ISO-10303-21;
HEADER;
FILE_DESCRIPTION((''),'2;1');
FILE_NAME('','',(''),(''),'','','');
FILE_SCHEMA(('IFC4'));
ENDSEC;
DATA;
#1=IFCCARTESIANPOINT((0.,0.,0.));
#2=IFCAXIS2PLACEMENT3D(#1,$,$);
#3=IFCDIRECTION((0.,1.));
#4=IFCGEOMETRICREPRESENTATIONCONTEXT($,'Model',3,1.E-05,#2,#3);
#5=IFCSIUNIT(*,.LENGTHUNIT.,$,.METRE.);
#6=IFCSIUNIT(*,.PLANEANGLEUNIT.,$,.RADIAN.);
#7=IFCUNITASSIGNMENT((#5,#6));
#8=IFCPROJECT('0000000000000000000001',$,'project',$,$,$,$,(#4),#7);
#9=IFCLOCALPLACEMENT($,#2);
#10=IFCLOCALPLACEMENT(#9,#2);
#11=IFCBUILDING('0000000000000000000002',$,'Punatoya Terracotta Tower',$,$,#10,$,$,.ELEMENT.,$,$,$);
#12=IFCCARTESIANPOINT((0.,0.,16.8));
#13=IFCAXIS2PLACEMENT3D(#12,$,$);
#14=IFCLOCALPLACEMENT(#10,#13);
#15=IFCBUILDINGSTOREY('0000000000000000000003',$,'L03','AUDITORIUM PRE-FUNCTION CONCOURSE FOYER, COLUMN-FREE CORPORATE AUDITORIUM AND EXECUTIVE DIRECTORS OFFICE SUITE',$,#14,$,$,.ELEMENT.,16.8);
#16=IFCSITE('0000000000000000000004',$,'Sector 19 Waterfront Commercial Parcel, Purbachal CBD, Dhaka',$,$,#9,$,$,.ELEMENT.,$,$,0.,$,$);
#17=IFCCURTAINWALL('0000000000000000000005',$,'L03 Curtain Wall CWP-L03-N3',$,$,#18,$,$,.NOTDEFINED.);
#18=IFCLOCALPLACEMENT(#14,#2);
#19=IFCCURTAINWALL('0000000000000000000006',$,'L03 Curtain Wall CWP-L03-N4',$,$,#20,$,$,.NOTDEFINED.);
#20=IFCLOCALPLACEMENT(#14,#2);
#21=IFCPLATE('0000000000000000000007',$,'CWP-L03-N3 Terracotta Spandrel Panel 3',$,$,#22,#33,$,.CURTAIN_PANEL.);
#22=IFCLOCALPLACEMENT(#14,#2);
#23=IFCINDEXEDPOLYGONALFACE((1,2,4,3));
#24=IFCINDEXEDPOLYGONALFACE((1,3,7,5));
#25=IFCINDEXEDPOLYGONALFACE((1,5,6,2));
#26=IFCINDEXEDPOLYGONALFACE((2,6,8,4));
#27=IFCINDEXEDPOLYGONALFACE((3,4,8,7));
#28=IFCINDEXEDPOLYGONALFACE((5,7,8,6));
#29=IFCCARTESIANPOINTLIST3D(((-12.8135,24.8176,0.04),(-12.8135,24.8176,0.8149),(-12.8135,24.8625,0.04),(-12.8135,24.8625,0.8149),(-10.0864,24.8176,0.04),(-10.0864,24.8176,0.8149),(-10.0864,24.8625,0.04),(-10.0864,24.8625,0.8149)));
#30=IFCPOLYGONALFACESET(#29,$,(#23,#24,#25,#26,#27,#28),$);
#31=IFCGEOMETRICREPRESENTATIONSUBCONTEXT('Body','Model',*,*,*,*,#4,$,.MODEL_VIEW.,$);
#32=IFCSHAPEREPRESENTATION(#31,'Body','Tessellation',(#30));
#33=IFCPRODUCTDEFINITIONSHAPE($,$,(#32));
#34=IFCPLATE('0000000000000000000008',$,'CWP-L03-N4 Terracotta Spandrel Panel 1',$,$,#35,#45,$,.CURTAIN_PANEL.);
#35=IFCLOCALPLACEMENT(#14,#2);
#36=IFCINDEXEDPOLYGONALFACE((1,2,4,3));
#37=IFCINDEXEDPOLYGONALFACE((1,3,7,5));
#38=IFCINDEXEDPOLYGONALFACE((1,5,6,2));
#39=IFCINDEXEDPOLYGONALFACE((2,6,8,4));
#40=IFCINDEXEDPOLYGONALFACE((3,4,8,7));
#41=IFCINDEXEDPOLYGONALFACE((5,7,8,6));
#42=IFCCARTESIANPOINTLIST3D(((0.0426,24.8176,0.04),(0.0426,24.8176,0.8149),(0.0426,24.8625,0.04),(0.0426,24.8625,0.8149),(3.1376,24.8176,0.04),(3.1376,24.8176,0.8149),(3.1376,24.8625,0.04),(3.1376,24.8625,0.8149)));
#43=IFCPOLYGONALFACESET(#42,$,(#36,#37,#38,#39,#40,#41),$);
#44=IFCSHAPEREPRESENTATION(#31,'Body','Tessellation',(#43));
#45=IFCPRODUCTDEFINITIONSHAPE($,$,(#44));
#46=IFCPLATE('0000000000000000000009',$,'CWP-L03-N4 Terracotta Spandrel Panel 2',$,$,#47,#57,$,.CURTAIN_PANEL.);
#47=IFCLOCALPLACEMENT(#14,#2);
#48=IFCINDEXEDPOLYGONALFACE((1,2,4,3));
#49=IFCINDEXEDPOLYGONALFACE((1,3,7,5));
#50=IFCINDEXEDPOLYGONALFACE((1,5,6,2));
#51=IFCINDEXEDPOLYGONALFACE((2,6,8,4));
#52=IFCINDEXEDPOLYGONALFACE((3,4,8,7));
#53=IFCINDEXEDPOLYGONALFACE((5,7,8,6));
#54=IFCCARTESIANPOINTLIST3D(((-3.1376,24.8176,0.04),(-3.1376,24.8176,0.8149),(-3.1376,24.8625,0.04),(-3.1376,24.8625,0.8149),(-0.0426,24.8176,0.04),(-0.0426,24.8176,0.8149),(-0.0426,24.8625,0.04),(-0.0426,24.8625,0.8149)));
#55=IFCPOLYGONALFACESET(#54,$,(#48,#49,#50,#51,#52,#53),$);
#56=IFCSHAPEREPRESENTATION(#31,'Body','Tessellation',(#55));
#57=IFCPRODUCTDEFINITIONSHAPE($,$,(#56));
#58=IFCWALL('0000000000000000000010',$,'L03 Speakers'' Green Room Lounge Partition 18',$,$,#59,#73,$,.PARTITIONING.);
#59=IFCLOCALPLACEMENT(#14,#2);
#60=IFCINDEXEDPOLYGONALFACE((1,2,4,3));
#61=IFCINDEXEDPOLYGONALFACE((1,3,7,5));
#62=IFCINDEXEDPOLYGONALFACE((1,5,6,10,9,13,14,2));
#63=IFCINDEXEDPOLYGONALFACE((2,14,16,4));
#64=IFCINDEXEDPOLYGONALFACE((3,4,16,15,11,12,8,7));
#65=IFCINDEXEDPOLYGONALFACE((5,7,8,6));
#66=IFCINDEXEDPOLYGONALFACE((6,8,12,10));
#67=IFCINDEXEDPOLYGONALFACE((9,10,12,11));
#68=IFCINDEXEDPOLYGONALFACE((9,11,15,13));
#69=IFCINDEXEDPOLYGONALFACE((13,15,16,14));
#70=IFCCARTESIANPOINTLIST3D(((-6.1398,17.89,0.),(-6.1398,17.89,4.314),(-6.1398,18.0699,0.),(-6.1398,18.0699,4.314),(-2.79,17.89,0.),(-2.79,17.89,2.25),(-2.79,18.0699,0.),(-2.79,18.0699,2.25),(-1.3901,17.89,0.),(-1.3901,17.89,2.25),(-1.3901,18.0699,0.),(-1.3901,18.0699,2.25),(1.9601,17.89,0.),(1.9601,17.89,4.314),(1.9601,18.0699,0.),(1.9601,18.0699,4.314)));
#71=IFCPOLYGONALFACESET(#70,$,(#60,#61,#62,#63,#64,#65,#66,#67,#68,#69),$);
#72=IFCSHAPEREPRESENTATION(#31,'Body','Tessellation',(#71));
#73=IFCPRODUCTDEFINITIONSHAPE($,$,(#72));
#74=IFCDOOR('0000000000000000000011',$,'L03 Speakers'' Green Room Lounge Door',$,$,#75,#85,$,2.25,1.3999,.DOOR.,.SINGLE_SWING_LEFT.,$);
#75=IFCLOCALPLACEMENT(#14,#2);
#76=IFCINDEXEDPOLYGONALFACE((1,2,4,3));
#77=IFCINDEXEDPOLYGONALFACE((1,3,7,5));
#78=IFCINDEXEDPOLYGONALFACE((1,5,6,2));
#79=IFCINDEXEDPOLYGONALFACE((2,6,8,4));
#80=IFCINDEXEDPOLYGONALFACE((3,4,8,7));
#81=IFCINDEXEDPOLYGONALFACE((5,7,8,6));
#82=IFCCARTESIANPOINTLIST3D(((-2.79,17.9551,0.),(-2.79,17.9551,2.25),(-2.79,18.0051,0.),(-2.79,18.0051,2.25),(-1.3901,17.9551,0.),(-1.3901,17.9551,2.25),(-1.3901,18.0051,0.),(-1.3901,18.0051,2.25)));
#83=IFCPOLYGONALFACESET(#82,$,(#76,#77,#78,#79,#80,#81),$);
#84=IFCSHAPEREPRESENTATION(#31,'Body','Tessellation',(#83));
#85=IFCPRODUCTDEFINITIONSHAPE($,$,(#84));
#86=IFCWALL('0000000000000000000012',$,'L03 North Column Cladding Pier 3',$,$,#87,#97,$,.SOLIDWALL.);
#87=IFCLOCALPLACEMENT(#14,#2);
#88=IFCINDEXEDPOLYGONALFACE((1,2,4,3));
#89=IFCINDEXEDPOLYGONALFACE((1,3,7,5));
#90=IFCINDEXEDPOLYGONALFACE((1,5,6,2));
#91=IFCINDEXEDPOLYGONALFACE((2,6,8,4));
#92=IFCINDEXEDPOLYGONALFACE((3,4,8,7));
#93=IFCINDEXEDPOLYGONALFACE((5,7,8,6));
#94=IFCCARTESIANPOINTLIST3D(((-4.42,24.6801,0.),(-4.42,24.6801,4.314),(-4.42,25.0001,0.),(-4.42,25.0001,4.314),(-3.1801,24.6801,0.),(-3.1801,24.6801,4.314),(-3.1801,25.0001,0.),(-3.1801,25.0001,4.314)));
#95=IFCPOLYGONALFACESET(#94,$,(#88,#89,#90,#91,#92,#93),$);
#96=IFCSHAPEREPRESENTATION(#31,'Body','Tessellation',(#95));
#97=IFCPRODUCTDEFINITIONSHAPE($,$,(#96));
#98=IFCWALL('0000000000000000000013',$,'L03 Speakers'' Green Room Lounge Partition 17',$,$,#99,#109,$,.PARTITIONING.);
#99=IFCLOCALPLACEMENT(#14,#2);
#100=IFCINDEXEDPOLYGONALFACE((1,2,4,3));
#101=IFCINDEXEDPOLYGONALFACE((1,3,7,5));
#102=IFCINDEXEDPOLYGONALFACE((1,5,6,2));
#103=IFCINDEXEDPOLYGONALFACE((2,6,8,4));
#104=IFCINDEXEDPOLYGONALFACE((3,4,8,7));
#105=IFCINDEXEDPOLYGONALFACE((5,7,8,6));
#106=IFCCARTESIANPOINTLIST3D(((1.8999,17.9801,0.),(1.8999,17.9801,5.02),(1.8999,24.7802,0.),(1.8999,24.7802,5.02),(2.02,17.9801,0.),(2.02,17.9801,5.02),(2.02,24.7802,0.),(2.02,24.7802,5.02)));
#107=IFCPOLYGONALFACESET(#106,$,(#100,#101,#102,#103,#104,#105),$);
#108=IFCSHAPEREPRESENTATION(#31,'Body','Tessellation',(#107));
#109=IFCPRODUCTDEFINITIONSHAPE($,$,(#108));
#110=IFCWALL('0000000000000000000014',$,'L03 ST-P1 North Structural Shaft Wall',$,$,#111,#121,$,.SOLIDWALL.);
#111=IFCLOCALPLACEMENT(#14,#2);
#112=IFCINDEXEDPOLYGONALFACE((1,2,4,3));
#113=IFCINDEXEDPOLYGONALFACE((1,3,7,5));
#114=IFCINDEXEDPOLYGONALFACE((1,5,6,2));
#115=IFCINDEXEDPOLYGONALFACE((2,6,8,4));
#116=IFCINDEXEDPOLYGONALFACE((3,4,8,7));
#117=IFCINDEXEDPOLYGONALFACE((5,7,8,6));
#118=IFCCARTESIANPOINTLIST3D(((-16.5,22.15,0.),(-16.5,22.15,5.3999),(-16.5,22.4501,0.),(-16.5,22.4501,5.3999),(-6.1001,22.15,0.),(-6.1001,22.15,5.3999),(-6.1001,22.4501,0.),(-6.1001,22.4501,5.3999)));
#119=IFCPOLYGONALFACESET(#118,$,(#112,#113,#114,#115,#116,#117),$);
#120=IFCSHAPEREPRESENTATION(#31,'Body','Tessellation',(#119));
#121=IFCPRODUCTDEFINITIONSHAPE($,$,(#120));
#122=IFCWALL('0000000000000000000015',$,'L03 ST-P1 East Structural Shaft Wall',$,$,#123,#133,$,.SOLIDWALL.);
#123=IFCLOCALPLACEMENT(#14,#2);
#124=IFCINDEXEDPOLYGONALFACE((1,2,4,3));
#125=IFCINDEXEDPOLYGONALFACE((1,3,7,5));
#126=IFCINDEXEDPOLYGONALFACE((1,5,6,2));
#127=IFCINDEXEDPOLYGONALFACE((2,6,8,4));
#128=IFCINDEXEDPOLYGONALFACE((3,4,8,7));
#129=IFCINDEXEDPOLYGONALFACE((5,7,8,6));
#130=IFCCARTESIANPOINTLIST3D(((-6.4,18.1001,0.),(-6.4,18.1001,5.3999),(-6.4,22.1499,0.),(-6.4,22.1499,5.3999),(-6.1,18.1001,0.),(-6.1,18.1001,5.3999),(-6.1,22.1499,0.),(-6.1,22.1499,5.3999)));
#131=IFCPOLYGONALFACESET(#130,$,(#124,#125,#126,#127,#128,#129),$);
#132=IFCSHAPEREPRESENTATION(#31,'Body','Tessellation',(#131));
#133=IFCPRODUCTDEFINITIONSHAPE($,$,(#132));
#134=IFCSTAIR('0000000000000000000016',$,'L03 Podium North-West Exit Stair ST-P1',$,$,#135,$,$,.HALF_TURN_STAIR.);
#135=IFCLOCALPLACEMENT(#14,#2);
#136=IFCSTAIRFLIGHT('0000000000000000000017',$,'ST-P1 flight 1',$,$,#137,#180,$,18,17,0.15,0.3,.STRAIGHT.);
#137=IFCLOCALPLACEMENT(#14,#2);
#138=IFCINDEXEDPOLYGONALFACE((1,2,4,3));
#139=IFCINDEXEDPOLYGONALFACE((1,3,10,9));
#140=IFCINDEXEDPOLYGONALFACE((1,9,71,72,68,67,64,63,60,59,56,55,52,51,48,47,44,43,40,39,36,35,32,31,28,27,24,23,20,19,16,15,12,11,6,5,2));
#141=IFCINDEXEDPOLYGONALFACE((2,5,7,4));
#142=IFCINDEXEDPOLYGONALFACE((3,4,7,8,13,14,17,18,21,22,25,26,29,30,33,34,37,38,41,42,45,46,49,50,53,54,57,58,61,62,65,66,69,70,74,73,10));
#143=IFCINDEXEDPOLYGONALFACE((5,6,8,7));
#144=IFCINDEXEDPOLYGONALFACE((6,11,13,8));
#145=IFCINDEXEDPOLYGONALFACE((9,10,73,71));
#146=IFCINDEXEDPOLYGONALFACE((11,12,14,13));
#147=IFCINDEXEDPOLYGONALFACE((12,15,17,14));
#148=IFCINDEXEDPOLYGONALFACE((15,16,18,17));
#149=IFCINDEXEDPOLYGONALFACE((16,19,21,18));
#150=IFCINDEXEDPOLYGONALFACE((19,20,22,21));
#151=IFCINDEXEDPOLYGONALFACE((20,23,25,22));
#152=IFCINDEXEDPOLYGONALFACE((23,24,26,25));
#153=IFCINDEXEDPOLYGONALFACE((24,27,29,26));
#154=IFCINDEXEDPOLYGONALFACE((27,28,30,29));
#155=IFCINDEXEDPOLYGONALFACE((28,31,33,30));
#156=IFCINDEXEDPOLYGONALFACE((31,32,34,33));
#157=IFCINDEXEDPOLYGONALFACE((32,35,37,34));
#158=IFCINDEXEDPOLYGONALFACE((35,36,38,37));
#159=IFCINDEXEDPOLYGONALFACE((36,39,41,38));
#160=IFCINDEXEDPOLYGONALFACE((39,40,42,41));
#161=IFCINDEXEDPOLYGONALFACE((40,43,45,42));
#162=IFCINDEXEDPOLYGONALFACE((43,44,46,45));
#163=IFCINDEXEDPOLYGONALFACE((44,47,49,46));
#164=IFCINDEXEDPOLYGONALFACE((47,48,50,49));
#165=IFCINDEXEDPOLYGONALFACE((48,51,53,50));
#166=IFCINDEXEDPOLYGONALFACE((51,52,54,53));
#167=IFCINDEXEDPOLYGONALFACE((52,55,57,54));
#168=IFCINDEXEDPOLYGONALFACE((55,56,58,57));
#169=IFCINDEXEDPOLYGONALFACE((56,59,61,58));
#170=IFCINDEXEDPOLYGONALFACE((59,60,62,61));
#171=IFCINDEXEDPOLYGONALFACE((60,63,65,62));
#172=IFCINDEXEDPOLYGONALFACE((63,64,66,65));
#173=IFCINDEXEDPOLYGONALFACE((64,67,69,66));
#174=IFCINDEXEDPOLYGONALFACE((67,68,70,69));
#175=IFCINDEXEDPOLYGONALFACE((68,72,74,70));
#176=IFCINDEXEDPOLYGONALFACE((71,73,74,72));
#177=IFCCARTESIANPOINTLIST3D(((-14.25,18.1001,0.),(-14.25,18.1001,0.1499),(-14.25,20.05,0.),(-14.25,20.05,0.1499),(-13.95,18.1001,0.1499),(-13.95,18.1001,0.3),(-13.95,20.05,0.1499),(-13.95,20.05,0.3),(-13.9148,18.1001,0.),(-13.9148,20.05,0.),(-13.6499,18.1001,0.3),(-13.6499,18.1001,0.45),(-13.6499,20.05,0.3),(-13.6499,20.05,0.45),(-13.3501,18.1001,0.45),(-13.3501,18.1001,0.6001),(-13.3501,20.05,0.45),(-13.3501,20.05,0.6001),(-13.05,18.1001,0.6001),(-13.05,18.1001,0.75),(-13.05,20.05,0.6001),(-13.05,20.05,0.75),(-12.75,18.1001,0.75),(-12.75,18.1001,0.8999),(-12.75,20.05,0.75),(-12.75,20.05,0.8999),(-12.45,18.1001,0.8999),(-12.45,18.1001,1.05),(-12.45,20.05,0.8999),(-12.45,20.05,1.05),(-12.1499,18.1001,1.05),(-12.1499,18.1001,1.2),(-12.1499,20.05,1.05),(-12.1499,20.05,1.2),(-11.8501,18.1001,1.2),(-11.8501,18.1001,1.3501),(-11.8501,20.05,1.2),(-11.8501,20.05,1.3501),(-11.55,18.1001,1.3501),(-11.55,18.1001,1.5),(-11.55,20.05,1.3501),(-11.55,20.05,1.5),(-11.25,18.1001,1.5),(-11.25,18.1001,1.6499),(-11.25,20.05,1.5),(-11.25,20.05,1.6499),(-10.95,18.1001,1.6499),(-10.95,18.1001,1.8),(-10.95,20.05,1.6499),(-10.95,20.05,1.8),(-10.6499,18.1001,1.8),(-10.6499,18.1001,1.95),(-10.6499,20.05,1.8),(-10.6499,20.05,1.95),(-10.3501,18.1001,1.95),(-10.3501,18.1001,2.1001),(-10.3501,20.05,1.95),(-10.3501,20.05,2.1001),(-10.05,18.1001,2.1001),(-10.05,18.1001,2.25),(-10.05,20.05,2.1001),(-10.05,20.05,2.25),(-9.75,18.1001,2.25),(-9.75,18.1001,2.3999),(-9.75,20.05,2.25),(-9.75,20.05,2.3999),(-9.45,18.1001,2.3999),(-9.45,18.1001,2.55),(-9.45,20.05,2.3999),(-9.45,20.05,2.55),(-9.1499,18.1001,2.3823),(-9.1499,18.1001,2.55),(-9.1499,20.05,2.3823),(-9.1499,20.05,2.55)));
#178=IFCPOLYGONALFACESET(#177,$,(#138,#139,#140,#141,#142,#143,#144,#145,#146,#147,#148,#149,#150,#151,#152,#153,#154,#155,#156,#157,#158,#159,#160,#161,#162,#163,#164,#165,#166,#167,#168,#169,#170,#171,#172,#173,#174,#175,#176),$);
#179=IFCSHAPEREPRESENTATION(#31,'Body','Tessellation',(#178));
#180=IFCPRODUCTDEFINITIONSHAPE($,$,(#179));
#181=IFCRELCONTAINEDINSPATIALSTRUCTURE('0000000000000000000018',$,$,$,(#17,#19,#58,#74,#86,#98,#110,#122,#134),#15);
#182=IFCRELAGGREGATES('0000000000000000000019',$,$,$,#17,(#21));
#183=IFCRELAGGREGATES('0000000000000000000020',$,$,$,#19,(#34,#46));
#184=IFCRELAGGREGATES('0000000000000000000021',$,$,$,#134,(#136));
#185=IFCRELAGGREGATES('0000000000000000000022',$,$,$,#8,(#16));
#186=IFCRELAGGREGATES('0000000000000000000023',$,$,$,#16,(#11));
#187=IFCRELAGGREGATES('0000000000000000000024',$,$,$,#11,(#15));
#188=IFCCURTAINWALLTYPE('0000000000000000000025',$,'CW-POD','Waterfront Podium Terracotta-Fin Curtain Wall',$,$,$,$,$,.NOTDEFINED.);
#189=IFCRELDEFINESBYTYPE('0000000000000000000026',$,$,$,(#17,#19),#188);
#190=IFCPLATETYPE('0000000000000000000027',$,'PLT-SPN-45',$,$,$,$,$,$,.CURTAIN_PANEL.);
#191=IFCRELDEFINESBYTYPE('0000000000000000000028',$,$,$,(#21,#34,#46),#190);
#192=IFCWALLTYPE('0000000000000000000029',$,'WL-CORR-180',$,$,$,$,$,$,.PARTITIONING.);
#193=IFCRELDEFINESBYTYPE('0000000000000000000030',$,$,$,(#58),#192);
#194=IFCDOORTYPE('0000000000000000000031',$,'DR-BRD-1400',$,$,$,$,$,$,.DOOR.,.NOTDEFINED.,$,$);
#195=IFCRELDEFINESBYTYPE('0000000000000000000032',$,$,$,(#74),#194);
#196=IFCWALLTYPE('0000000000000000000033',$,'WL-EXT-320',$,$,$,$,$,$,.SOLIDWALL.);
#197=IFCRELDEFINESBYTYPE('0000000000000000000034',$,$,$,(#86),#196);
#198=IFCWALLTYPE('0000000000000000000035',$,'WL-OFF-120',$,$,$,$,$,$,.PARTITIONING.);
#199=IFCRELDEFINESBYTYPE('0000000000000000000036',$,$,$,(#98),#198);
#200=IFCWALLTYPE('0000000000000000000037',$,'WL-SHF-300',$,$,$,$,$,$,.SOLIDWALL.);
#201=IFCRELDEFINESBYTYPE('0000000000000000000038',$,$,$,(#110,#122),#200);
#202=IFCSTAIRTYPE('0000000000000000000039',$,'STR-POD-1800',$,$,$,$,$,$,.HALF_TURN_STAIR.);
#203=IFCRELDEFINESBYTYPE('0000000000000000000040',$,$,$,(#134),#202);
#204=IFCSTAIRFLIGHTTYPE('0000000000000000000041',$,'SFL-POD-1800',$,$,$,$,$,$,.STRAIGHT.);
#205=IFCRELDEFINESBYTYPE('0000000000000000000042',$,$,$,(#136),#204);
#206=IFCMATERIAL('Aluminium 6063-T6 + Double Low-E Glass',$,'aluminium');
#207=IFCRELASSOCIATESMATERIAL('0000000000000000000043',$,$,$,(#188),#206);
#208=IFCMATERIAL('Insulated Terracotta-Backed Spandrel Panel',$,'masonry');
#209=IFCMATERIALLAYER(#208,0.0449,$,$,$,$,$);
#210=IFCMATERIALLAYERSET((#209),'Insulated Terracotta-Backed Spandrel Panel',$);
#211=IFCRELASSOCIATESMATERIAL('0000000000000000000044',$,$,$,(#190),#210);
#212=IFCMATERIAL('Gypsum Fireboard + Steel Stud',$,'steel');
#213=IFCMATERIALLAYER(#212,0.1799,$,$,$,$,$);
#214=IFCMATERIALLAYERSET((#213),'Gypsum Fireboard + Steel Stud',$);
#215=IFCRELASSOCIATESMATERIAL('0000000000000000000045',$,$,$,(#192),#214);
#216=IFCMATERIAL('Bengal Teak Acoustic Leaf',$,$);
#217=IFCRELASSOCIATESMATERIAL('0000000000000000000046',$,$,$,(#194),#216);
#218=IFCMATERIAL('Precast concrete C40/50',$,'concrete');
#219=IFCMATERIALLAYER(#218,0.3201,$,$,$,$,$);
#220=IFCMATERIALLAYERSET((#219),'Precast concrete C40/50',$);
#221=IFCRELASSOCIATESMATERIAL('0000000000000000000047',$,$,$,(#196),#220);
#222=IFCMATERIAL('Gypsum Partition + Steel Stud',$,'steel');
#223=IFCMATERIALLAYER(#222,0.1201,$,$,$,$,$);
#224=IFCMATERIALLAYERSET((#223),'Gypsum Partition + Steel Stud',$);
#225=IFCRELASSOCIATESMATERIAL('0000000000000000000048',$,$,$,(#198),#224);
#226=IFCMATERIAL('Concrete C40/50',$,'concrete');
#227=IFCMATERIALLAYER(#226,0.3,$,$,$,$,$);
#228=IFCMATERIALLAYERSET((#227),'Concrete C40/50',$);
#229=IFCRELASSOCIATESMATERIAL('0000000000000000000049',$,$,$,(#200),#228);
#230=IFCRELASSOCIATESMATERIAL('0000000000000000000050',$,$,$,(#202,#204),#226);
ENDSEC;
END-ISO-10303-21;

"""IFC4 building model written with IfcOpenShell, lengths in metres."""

from ifc_helpers import new_model, si_unit, direction, frame, frame_2d, origin, origin_2d, place, context, subcontext, project, spatial, polyline, rectangle, outline, extrude, material, layer, layer_set, type_object, element, fill, aggregate, save


model = new_model("IFC4")

# Units and contexts
model_context = context("Model", 3, precision=1e-05, world=origin(), true_north=direction((0.0, 1.0)))
body_context = subcontext(model_context, "Body", "Model", "MODEL_VIEW")
ifc_project = project(units=[si_unit("LENGTHUNIT", "METRE"), si_unit("PLANEANGLEUNIT", "RADIAN")], contexts=[model_context])

# Site, building, storey
site_placement = place(None, origin())
site = spatial("IfcSite", under=ifc_project, at=site_placement, Name="Sector 19 Waterfront Commercial Parcel, Purbachal CBD, Dhaka", CompositionType="ELEMENT", RefElevation=0.0)
building_placement = place(site_placement, origin())
building = spatial("IfcBuilding", under=site, at=building_placement, Name="Punatoya Terracotta Tower", CompositionType="ELEMENT")
storey_placement = place(building_placement, frame((0.0, 0.0, 16.8)))
storey = spatial("IfcBuildingStorey", under=building, at=storey_placement, Name="L03", Description="AUDITORIUM PRE-FUNCTION CONCOURSE FOYER, COLUMN-FREE CORPORATE AUDITORIUM AND EXECUTIVE DIRECTORS OFFICE SUITE", CompositionType="ELEMENT", Elevation=16.8)

# Curtain walls
ifc_material_1 = material(Name="Aluminium 6063-T6 + Double Low-E Glass", Category="aluminium")
curtain_wall_type = type_object("IfcCurtainWallType", Name="CW-POD", Description="Waterfront Podium Terracotta-Fin Curtain Wall", PredefinedType="NOTDEFINED", material=ifc_material_1)
curtain_wall_1_placement = place(storey_placement, origin())
curtain_wall_1 = element("IfcCurtainWall", 1, at=curtain_wall_1_placement, inside=storey, type_object=curtain_wall_type, Name="L03 Curtain Wall CWP-L03-N3", PredefinedType="NOTDEFINED")
curtain_wall_2_placement = place(storey_placement, origin())
curtain_wall_2 = element("IfcCurtainWall", 2, at=curtain_wall_2_placement, inside=storey, type_object=curtain_wall_type, Name="L03 Curtain Wall CWP-L03-N4", PredefinedType="NOTDEFINED")

# Plates
ifc_material_2 = material(Name="Insulated Terracotta-Backed Spandrel Panel", Category="masonry")
ifc_layer_1 = layer(ifc_material_2, 0.0449)
ifc_layer_set_1 = layer_set([ifc_layer_1], Name="Insulated Terracotta-Backed Spandrel Panel")
plate_type_1 = type_object("IfcPlateType", Name="PLT-SPN-45", PredefinedType="CURTAIN_PANEL", material=ifc_layer_set_1)
plate_1_placement = place(storey_placement, frame((-11.45, 24.8401, 0.04), z_axis=(0.0, 0.0, 1.0), x_axis=(-1.0, 0.0, 0.0)))
plate_1 = element("IfcPlate", 3, at=plate_1_placement, type_object=plate_type_1, Name="CWP-L03-N3 Terracotta Spandrel Panel 3", PredefinedType="CURTAIN_PANEL", context=body_context, shape_type="SweptSolid", body=[
    extrude(rectangle(XDim=2.7271, YDim=0.0449, at=origin_2d()), origin(), (0.0, 0.0, 1.0), 0.7749),
])
aggregate(curtain_wall_1, [plate_1])
plate_2_placement = place(storey_placement, frame((1.5901, 24.8401, 0.04), z_axis=(0.0, 0.0, 1.0), x_axis=(-1.0, 0.0, 0.0)))
plate_2 = element("IfcPlate", 4, at=plate_2_placement, type_object=plate_type_1, Name="CWP-L03-N4 Terracotta Spandrel Panel 1", PredefinedType="CURTAIN_PANEL", context=body_context, shape_type="SweptSolid", body=[
    extrude(rectangle(XDim=3.095, YDim=0.0449, at=origin_2d()), origin(), (0.0, 0.0, 1.0), 0.7749),
])
plate_3_placement = place(storey_placement, frame((-1.5901, 24.8401, 0.04), z_axis=(0.0, 0.0, 1.0), x_axis=(-1.0, 0.0, 0.0)))
plate_3 = element("IfcPlate", 5, at=plate_3_placement, type_object=plate_type_1, Name="CWP-L03-N4 Terracotta Spandrel Panel 2", PredefinedType="CURTAIN_PANEL", context=body_context, shape_type="SweptSolid", body=[
    extrude(rectangle(XDim=3.095, YDim=0.0449, at=origin_2d()), origin(), (0.0, 0.0, 1.0), 0.7749),
])
aggregate(curtain_wall_2, [plate_2, plate_3])

# Wall, opening, door
ifc_material_3 = material(Name="Gypsum Fireboard + Steel Stud", Category="steel")
ifc_layer_2 = layer(ifc_material_3, 0.1799)
ifc_layer_set_2 = layer_set([ifc_layer_2], Name="Gypsum Fireboard + Steel Stud")
wall_type_1 = type_object("IfcWallType", Name="WL-CORR-180", PredefinedType="PARTITIONING", material=ifc_layer_set_2)
wall_1_placement = place(storey_placement, frame((1.96, 17.98, 0.0), z_axis=(0.0, 0.0, 1.0), x_axis=(-1.0, 0.0, 0.0)))
wall_1 = element("IfcWall", 6, at=wall_1_placement, inside=storey, type_object=wall_type_1, Name="L03 Speakers' Green Room Lounge Partition 18", PredefinedType="PARTITIONING", context=body_context, shape_type="SweptSolid", body=[
    extrude(rectangle(XDim=8.0999, YDim=0.1799, at=frame_2d((4.0498, 0.0))), origin(), (0.0, 0.0, 1.0), 4.314),
])
opening_placement = place(wall_1_placement, frame((3.3501, 0.0, 0.0)))
opening = element("IfcOpeningElement", 7, at=opening_placement, cuts=wall_1, PredefinedType="OPENING", context=body_context, shape_type="SweptSolid", body=[
    extrude(rectangle(XDim=1.3999, YDim=2.25, at=frame_2d((0.7, 1.125))), frame((0.0, 0.0999, 0.0), z_axis=(0.0, -1.0, 0.0), x_axis=(1.0, 0.0, 0.0)), (0.0, 0.0, 1.0), 0.2),
])
ifc_material_4 = material(Name="Bengal Teak Acoustic Leaf")
door_type = type_object("IfcDoorType", Name="DR-BRD-1400", OperationType="NOTDEFINED", PredefinedType="DOOR", material=ifc_material_4)
door_placement = place(opening_placement, origin())
door = element("IfcDoor", 8, at=door_placement, inside=storey, type_object=door_type, Name="L03 Speakers' Green Room Lounge Door", OperationType="SINGLE_SWING_LEFT", OverallHeight=2.25, OverallWidth=1.3999, PredefinedType="DOOR", context=body_context, shape_type="SweptSolid", body=[
    extrude(rectangle(XDim=1.3999, YDim=2.25, at=frame_2d((0.7, 1.125))), frame((0.0, 0.0249, 0.0), z_axis=(0.0, -1.0, 0.0), x_axis=(1.0, 0.0, 0.0)), (0.0, 0.0, 1.0), 0.05),
])
fill(opening, door)

# Walls
ifc_material_5 = material(Name="Precast concrete C40/50", Category="concrete")
ifc_layer_3 = layer(ifc_material_5, 0.3201)
ifc_layer_set_3 = layer_set([ifc_layer_3], Name="Precast concrete C40/50")
wall_type_2 = type_object("IfcWallType", Name="WL-EXT-320", PredefinedType="SOLIDWALL", material=ifc_layer_set_3)
wall_2_placement = place(storey_placement, frame((-3.1799, 24.8401, 0.0), z_axis=(0.0, 0.0, 1.0), x_axis=(-1.0, 0.0, 0.0)))
element("IfcWall", 9, at=wall_2_placement, inside=storey, type_object=wall_type_2, Name="L03 North Column Cladding Pier 3", PredefinedType="SOLIDWALL", context=body_context, shape_type="SweptSolid", body=[
    extrude(rectangle(XDim=1.24, YDim=0.3201, at=frame_2d((0.6201, 0.0))), origin(), (0.0, 0.0, 1.0), 4.314),
])
ifc_material_6 = material(Name="Gypsum Partition + Steel Stud", Category="steel")
ifc_layer_4 = layer(ifc_material_6, 0.1201)
ifc_layer_set_4 = layer_set([ifc_layer_4], Name="Gypsum Partition + Steel Stud")
wall_type_3 = type_object("IfcWallType", Name="WL-OFF-120", PredefinedType="PARTITIONING", material=ifc_layer_set_4)
wall_3_placement = place(storey_placement, frame((1.96, 24.78, 0.0), z_axis=(0.0, 0.0, 1.0), x_axis=(0.0, -1.0, 0.0)))
element("IfcWall", 10, at=wall_3_placement, inside=storey, type_object=wall_type_3, Name="L03 Speakers' Green Room Lounge Partition 17", PredefinedType="PARTITIONING", context=body_context, shape_type="SweptSolid", body=[
    extrude(rectangle(XDim=6.8, YDim=0.1201, at=frame_2d((3.3999, 0.0))), origin(), (0.0, 0.0, 1.0), 5.02),
])
ifc_material_7 = material(Name="Concrete C40/50", Category="concrete")
ifc_layer_5 = layer(ifc_material_7, 0.3)
ifc_layer_set_5 = layer_set([ifc_layer_5], Name="Concrete C40/50")
wall_type_4 = type_object("IfcWallType", Name="WL-SHF-300", PredefinedType="SOLIDWALL", material=ifc_layer_set_5)
wall_4_placement = place(storey_placement, frame((-6.1001, 22.3, 0.0), z_axis=(0.0, 0.0, 1.0), x_axis=(-1.0, 0.0, 0.0)))
element("IfcWall", 11, at=wall_4_placement, inside=storey, type_object=wall_type_4, Name="L03 ST-P1 North Structural Shaft Wall", PredefinedType="SOLIDWALL", context=body_context, shape_type="SweptSolid", body=[
    extrude(rectangle(XDim=10.3999, YDim=0.3, at=frame_2d((5.2, 0.0))), origin(), (0.0, 0.0, 1.0), 5.3999),
])
wall_5_placement = place(storey_placement, frame((-6.25, 22.1499, 0.0), z_axis=(0.0, 0.0, 1.0), x_axis=(0.0, -1.0, 0.0)))
element("IfcWall", 12, at=wall_5_placement, inside=storey, type_object=wall_type_4, Name="L03 ST-P1 East Structural Shaft Wall", PredefinedType="SOLIDWALL", context=body_context, shape_type="SweptSolid", body=[
    extrude(rectangle(XDim=4.0498, YDim=0.3, at=frame_2d((2.0249, 0.0))), origin(), (0.0, 0.0, 1.0), 5.3999),
])

# Stair, stair flight
stair_type = type_object("IfcStairType", Name="STR-POD-1800", PredefinedType="HALF_TURN_STAIR", material=ifc_material_7)
stair_placement = place(storey_placement, origin())
stair = element("IfcStair", 13, at=stair_placement, inside=storey, type_object=stair_type, Name="L03 Podium North-West Exit Stair ST-P1", PredefinedType="HALF_TURN_STAIR")
stair_flight_type = type_object("IfcStairFlightType", Name="SFL-POD-1800", PredefinedType="STRAIGHT", material=ifc_material_7)
stair_flight_1_placement = place(storey_placement, frame((-14.25, 19.075, 0.0), z_axis=(0.0, 0.0, 1.0), x_axis=(1.0, 0.0, 0.0)))
stair_flight_1 = element("IfcStairFlight", 14, at=stair_flight_1_placement, type_object=stair_flight_type, Name="ST-P1 flight 1", NumberOfRisers=18, NumberOfTreads=17, PredefinedType="STRAIGHT", RiserHeight=0.15, TreadLength=0.3, context=body_context, shape_type="SweptSolid", body=[
    extrude(outline(polyline([(0.0, 0.0), (0.0, 0.1499), (0.3, 0.1499), (0.3, 0.3), (0.6001, 0.3), (0.6001, 0.45), (0.8999, 0.45), (0.8999, 0.6001), (1.2, 0.6001), (1.2, 0.75), (1.5, 0.75), (1.5, 0.8999), (1.8, 0.8999), (1.8, 1.05), (2.1001, 1.05), (2.1001, 1.2), (2.3999, 1.2), (2.3999, 1.3501), (2.7, 1.3501), (2.7, 1.5), (3.0, 1.5), (3.0, 1.6499), (3.3, 1.6499), (3.3, 1.8), (3.6001, 1.8), (3.6001, 1.95), (3.8999, 1.95), (3.8999, 2.1001), (4.2, 2.1001), (4.2, 2.25), (4.5, 2.25), (4.5, 2.3999), (4.8, 2.3999), (4.8, 2.55), (5.1001, 2.55), (5.1001, 2.7), (5.1001, 2.3823), (0.3352, 0.0), (0.0, 0.0)])), frame((0.0, 0.9751, 0.0), z_axis=(0.0, -1.0, 0.0), x_axis=(1.0, 0.0, 0.0)), (0.0, 0.0, 1.0), 1.95),
])
aggregate(stair, [stair_flight_1])

save(model, "model.ifc")
